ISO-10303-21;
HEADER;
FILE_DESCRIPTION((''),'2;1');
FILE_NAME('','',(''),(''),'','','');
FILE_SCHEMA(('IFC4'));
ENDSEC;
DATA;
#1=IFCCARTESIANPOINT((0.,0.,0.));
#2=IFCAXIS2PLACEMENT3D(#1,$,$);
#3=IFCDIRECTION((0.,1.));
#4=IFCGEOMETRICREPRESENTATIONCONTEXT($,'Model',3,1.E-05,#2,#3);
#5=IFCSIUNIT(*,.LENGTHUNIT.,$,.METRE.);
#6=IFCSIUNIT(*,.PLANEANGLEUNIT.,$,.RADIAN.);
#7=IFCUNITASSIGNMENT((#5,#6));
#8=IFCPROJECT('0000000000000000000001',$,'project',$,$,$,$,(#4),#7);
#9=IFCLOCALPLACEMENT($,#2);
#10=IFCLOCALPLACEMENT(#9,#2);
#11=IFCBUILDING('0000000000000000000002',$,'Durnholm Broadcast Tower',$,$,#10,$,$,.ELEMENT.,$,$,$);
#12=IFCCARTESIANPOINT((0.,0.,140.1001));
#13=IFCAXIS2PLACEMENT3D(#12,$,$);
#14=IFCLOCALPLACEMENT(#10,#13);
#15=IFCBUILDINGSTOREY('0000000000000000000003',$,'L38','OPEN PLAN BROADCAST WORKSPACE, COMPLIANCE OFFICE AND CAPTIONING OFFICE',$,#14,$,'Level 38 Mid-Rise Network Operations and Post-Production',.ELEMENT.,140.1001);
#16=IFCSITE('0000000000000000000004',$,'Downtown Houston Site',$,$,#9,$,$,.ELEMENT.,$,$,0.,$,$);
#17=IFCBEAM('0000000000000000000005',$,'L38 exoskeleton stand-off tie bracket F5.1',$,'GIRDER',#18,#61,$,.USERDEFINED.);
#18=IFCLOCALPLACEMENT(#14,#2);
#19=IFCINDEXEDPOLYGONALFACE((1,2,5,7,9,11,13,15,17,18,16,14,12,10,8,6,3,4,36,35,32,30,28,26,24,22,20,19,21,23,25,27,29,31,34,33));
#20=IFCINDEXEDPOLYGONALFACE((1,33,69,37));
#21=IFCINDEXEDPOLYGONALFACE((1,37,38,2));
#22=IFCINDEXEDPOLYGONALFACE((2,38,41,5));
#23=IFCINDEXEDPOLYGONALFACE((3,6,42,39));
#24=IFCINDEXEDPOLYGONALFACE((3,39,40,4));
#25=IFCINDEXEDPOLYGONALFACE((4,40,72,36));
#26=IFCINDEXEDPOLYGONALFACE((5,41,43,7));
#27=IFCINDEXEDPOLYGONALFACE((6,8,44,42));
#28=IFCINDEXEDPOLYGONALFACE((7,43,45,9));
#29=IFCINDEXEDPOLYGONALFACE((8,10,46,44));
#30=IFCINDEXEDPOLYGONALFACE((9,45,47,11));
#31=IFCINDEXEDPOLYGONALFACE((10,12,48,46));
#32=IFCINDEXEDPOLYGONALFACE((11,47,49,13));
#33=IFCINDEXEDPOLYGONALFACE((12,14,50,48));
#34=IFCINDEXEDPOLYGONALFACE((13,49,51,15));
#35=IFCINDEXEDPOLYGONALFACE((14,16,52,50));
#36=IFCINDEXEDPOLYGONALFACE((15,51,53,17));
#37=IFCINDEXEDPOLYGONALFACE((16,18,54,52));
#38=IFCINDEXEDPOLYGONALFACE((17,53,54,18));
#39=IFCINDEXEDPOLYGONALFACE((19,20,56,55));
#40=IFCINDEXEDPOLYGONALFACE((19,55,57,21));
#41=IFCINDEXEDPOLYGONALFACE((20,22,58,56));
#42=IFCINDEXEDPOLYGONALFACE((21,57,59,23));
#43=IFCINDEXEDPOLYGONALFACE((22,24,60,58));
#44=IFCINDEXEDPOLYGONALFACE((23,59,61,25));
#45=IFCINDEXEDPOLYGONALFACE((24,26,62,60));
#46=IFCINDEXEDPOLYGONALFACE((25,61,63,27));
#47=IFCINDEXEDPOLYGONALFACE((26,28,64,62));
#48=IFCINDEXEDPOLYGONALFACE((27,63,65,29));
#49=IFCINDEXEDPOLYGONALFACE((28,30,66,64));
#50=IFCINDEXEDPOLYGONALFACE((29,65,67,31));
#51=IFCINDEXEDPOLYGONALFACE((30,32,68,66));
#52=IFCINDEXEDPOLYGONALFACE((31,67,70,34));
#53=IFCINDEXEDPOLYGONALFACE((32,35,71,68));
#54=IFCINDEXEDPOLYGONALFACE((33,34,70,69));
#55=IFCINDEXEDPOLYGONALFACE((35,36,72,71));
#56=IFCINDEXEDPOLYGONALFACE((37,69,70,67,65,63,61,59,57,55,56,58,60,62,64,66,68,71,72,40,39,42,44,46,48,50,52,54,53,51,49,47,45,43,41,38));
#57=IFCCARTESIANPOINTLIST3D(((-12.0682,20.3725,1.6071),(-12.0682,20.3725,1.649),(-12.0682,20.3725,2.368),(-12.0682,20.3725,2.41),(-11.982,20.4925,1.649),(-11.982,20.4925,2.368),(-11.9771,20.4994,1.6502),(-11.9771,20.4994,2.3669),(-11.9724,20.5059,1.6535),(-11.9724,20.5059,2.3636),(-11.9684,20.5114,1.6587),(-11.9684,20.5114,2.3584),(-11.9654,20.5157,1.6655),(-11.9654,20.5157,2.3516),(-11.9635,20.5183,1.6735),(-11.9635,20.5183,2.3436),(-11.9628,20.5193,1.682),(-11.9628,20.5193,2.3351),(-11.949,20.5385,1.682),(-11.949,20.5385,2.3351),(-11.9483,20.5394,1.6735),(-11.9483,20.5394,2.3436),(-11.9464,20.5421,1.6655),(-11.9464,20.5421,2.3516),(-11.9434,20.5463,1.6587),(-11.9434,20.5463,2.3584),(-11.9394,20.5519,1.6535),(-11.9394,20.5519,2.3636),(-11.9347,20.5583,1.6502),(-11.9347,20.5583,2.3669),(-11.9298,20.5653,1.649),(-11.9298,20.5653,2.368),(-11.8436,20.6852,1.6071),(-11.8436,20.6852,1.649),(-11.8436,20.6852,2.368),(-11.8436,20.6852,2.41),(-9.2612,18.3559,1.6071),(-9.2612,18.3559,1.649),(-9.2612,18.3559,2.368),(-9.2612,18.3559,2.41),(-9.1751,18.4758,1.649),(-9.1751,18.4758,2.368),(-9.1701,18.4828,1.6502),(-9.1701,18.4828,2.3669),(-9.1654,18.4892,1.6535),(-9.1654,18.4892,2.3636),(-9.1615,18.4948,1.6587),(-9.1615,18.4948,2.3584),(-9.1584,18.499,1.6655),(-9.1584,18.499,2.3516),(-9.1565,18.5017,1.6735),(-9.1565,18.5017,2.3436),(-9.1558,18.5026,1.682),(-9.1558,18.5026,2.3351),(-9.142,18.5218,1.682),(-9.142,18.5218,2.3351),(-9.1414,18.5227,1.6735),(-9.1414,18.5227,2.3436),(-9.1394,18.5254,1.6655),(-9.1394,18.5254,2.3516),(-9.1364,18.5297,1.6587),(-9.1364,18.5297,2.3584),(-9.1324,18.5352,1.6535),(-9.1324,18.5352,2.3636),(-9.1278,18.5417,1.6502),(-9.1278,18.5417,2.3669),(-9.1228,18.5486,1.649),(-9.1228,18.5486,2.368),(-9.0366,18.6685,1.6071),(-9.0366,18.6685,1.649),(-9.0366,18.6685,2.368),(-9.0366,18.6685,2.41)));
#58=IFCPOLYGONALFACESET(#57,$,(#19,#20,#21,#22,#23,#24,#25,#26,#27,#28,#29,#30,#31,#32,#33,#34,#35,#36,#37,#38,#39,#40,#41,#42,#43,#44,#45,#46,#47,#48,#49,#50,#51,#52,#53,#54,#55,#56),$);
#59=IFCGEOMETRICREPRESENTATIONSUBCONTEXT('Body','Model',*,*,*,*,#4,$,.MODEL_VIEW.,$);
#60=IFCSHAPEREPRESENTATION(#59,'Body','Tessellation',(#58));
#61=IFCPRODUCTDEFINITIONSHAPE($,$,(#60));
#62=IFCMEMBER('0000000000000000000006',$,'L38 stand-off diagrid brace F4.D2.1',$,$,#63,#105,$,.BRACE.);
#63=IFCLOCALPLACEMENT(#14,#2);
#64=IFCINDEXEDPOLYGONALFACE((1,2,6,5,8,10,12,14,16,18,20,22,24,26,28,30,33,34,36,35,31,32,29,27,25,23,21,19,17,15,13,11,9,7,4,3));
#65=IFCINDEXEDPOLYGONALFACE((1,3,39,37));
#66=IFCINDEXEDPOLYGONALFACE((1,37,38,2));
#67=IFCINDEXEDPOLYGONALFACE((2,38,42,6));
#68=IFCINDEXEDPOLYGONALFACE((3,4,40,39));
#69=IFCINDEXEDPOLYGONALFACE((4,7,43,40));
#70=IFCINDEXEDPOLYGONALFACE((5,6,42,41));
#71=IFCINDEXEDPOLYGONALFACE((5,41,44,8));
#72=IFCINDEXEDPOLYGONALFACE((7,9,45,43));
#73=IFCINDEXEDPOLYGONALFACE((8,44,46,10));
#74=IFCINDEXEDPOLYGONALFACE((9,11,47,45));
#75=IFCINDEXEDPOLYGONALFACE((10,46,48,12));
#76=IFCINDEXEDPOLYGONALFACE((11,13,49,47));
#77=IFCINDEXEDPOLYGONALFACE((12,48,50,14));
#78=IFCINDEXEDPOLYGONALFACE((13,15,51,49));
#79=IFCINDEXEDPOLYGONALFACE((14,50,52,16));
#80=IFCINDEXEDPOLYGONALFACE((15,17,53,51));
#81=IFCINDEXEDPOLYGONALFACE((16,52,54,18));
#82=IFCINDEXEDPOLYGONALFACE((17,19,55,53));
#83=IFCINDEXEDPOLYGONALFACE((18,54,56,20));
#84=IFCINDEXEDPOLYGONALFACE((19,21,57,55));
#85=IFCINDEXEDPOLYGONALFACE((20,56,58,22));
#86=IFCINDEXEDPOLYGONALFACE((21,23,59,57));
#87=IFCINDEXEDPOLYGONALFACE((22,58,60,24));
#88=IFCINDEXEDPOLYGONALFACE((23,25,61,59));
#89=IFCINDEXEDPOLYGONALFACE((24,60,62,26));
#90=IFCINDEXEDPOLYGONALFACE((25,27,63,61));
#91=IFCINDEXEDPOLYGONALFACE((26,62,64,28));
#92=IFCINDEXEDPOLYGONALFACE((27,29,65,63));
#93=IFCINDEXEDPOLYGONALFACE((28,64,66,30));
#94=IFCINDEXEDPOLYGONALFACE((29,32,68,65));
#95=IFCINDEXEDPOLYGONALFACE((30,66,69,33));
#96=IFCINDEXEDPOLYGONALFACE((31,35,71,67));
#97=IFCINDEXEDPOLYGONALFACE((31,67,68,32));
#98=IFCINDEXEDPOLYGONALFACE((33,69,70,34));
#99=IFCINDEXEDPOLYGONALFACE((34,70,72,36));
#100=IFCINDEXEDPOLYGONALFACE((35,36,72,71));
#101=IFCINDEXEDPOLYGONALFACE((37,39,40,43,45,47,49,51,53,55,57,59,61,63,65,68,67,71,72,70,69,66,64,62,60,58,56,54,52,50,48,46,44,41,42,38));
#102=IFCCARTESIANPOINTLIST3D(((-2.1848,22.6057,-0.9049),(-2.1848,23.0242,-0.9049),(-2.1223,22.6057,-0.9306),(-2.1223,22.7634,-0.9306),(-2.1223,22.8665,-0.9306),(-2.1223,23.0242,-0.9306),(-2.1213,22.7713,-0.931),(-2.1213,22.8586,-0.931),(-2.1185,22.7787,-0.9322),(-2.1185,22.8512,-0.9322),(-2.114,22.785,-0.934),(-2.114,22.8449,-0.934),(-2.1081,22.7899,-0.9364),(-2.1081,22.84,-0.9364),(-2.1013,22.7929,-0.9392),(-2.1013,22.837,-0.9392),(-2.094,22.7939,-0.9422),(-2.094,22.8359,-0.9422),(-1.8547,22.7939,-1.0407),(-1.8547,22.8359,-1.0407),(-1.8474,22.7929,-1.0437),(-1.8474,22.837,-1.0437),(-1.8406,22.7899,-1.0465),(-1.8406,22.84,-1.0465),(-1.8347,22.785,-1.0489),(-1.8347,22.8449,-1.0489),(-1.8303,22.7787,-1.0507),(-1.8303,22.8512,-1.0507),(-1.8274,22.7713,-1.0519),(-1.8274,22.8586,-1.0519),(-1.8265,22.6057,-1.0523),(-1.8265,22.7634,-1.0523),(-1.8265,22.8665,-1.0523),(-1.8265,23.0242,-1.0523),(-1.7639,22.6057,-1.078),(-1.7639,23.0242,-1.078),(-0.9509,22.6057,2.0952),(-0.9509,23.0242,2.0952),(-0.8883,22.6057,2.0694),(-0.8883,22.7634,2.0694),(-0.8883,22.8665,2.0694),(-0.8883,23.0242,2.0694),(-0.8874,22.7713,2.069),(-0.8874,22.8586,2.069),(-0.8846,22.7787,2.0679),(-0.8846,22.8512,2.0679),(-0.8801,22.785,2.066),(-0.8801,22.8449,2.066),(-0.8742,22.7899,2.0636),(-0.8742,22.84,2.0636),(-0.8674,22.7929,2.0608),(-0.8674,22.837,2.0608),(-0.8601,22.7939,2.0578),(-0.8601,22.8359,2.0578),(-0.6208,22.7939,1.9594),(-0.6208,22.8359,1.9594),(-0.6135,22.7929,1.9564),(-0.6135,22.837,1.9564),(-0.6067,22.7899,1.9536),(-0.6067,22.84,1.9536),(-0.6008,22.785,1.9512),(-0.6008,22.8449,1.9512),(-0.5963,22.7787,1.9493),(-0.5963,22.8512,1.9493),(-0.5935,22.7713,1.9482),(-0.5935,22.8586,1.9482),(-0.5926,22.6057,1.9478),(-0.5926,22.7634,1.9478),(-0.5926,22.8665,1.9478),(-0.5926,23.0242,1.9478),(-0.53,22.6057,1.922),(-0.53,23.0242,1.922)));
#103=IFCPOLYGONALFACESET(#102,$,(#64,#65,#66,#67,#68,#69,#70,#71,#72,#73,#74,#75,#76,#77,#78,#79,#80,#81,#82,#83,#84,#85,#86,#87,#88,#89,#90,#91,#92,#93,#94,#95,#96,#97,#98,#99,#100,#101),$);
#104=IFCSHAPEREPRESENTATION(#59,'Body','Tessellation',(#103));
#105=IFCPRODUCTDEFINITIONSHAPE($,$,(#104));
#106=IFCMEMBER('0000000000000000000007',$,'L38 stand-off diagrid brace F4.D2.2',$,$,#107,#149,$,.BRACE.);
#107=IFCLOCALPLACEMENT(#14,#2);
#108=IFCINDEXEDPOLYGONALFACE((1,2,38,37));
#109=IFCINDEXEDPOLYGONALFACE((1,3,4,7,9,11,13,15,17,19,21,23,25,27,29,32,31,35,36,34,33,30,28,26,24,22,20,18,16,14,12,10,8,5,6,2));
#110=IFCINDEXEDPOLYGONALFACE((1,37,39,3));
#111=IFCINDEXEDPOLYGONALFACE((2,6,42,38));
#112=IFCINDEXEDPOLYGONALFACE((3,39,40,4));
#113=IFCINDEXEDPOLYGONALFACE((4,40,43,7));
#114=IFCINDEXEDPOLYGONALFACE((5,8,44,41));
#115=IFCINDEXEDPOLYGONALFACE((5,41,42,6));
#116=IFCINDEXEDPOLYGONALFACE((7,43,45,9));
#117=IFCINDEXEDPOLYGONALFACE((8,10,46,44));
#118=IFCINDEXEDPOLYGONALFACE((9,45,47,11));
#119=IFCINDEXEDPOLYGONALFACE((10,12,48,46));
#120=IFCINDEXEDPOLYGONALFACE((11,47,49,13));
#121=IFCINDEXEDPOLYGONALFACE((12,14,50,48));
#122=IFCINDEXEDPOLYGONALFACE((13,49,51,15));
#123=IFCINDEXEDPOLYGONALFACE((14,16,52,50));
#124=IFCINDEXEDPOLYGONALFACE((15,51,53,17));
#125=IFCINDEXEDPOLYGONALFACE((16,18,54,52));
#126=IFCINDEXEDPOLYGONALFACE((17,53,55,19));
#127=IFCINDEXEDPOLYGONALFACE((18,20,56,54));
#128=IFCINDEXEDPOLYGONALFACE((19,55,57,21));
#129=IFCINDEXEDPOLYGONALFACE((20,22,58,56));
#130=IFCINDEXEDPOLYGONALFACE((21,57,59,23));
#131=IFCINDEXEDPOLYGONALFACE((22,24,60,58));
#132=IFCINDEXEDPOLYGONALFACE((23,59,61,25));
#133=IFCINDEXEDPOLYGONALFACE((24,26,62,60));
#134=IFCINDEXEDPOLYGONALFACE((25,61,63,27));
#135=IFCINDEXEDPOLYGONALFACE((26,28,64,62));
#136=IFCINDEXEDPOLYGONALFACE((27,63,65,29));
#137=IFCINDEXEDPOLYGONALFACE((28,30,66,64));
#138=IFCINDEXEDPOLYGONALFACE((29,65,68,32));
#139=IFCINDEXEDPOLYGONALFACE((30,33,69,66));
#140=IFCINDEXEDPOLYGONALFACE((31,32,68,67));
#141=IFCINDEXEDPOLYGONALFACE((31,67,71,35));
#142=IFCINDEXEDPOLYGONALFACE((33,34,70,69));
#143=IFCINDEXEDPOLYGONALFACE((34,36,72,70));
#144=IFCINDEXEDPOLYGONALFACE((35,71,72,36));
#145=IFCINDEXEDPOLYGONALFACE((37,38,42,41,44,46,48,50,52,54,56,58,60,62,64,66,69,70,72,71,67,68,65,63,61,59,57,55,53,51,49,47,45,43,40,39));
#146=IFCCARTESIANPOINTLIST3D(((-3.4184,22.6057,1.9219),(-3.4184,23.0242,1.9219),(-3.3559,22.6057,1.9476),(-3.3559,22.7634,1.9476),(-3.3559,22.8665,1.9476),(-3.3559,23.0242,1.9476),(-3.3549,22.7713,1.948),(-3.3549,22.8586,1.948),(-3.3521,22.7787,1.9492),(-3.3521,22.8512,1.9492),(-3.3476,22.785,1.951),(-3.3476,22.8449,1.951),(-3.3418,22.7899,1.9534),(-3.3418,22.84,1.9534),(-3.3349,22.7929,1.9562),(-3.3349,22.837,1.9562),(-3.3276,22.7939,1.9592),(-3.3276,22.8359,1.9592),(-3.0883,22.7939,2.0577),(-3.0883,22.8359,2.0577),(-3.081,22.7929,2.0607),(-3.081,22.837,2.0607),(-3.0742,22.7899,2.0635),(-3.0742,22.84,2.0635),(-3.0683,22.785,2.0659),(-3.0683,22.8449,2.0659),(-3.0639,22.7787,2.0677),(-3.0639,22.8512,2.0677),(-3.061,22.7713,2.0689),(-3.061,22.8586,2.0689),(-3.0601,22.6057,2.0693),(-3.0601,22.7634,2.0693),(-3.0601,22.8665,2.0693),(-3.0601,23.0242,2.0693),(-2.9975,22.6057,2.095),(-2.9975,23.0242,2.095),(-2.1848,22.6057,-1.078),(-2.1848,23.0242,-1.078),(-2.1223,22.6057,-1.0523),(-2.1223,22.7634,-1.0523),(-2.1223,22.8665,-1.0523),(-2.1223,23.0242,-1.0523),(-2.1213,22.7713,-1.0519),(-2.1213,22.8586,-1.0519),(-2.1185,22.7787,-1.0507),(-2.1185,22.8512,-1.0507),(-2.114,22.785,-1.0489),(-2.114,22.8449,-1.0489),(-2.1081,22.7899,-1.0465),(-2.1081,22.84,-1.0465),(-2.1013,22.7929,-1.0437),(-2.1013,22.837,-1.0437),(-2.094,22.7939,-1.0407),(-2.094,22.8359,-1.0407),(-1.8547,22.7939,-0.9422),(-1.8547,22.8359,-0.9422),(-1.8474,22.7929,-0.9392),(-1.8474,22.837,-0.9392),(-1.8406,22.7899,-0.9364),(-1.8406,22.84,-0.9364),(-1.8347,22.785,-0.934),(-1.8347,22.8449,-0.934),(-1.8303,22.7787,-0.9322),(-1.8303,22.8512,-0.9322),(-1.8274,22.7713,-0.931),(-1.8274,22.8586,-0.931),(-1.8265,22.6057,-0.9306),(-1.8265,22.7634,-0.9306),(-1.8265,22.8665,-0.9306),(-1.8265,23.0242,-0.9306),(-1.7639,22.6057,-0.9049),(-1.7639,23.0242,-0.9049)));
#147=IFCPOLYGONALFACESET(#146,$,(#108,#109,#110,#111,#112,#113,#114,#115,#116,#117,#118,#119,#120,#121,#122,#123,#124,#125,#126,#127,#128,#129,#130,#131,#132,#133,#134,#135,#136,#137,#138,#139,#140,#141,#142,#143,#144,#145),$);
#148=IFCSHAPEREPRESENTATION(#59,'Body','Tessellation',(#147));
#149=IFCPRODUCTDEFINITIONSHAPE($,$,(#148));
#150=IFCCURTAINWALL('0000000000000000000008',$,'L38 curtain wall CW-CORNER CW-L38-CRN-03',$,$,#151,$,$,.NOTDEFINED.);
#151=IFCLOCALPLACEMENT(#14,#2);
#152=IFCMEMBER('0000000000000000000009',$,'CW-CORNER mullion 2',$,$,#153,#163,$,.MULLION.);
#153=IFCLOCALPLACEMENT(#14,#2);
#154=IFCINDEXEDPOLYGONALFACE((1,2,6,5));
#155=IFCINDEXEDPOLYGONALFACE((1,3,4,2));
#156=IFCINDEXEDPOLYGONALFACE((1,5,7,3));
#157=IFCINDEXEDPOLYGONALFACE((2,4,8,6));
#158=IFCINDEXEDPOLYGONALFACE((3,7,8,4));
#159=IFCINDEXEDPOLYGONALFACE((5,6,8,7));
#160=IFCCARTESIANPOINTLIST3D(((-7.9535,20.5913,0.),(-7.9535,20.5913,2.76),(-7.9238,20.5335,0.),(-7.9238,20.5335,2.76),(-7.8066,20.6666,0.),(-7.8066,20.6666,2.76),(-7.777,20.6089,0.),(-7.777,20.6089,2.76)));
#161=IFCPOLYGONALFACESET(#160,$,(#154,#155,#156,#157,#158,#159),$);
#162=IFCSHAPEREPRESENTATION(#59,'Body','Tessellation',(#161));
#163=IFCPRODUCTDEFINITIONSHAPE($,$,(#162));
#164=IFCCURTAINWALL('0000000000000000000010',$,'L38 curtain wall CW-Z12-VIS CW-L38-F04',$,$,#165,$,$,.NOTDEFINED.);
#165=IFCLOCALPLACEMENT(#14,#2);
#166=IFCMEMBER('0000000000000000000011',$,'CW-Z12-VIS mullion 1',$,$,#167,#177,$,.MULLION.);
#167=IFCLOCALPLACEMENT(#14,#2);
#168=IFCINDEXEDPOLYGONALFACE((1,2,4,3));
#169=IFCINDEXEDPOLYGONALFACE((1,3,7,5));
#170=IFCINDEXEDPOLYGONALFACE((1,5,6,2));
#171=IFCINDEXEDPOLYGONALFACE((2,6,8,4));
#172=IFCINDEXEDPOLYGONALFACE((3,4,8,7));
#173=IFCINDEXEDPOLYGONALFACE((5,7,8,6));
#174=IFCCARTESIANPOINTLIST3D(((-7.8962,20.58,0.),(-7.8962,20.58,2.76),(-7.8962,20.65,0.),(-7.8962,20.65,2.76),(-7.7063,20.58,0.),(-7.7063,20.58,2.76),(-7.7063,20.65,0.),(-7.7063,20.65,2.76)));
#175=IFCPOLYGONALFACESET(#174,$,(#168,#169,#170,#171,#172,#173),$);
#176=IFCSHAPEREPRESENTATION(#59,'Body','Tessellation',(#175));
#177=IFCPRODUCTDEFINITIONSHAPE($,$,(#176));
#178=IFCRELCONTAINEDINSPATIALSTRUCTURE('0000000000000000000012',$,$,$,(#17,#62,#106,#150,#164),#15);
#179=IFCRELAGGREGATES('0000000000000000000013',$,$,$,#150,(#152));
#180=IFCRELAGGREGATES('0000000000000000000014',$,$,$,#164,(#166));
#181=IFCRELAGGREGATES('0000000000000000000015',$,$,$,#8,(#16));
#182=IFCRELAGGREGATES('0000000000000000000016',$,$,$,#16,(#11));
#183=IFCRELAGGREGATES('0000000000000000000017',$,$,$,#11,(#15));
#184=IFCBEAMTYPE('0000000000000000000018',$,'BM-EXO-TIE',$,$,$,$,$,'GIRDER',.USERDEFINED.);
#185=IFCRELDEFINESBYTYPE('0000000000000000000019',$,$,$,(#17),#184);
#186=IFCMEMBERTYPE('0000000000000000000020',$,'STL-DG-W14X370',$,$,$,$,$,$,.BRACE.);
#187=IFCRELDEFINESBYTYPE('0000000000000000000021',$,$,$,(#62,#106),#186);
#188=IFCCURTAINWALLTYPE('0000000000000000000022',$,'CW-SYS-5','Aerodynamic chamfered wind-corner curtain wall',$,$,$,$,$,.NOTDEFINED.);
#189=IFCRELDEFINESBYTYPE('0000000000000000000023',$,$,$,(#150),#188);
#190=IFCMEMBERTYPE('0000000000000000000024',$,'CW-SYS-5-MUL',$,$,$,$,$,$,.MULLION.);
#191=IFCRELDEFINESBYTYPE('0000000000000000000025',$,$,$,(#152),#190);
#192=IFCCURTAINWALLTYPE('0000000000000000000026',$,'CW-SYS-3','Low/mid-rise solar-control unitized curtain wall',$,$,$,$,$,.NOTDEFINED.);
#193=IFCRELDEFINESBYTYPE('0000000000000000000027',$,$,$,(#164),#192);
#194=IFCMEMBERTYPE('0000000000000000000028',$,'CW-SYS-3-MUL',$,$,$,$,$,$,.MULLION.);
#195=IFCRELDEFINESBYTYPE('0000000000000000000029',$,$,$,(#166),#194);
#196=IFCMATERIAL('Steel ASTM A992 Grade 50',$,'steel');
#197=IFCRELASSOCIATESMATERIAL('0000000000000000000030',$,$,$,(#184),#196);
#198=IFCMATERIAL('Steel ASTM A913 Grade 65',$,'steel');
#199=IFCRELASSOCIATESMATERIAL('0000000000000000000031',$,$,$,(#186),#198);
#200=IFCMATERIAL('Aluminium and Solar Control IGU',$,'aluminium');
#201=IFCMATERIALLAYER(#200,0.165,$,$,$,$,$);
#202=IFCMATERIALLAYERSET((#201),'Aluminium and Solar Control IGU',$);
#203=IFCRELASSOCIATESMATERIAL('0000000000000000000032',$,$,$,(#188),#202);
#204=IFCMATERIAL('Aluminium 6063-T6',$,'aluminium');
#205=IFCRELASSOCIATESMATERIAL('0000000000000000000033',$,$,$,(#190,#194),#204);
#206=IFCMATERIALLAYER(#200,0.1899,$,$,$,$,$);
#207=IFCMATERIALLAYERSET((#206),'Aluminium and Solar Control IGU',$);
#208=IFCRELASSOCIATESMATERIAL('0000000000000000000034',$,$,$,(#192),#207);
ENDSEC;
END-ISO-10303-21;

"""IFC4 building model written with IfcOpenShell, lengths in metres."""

from ifc_helpers import new_model, si_unit, direction, frame, origin, origin_2d, place, context, subcontext, project, spatial, rectangle, i_section, extrude, source, transform, mapped, material, layer, layer_set, material_profile, profile_set, type_object, type_shapes, element, aggregate, save


model = new_model("IFC4")

# Units and contexts
model_context = context("Model", 3, precision=1e-05, world=origin(), true_north=direction((0.0, 1.0)))
body_context = subcontext(model_context, "Body", "Model", "MODEL_VIEW")
ifc_project = project(units=[si_unit("LENGTHUNIT", "METRE"), si_unit("PLANEANGLEUNIT", "RADIAN")], contexts=[model_context])

# Site, building, storey
site_placement = place(None, origin())
site = spatial("IfcSite", under=ifc_project, at=site_placement, Name="Downtown Houston Site", CompositionType="ELEMENT", RefElevation=0.0)
building_placement = place(site_placement, origin())
building = spatial("IfcBuilding", under=site, at=building_placement, Name="Durnholm Broadcast Tower", CompositionType="ELEMENT")
storey_placement = place(building_placement, frame((0.0, 0.0, 140.1001)))
storey = spatial("IfcBuildingStorey", under=building, at=storey_placement, Name="L38", Description="OPEN PLAN BROADCAST WORKSPACE, COMPLIANCE OFFICE AND CAPTIONING OFFICE", LongName="Level 38 Mid-Rise Network Operations and Post-Production", CompositionType="ELEMENT", Elevation=140.1001)

# Beam
ifc_material_1 = material(Name="Steel ASTM A992 Grade 50", Category="steel")
ifc_material_profile_1 = material_profile(ifc_material_1, i_section(OverallWidth=0.385, OverallDepth=0.803, WebThickness=0.0237, FlangeThickness=0.042, FilletRadius=0.033, at=origin_2d()), Name="W30X261")
ifc_profile_set_1 = profile_set([ifc_material_profile_1], Name="Steel ASTM A992 Grade 50")
beam_type_1 = type_object("IfcBeamType", Name="BM-EXO-TIE", ElementType="GIRDER", PredefinedType="USERDEFINED", material=ifc_profile_set_1)
shared_shape_1 = source(origin(), body_context, "Body", "SweptSolid", [
    extrude(i_section(OverallWidth=0.385, OverallDepth=0.803, WebThickness=0.0237, FlangeThickness=0.042, FilletRadius=0.033, at=origin_2d()), origin(), (0.0, 0.0, 1.0), 3.4563),
])
beam_1_placement = place(storey_placement, frame((-9.1489, 18.5122, 2.0085), z_axis=(-0.812131, 0.583474, 0.0), x_axis=(-0.583474, -0.812131, 0.0)))
element("IfcBeam", 1, at=beam_1_placement, inside=storey, type_object=beam_type_1, Name="L38 exoskeleton stand-off tie bracket F5.1", ObjectType="GIRDER", PredefinedType="USERDEFINED", context=body_context, shape_type="MappedRepresentation", body=[
    mapped(shared_shape_1, transform((0.0, 0.0, 0.0), x_axis=(1.0, 0.0, 0.0), y_axis=(0.0, 1.0, 0.0), z_axis=(0.0, 0.0, 1.0), scale=1.0)),
])

# Members
ifc_material_2 = material(Name="Steel ASTM A913 Grade 65", Category="steel")
ifc_material_profile_2 = material_profile(ifc_material_2, i_section(OverallWidth=0.4185, OverallDepth=0.4551, WebThickness=0.042, FlangeThickness=0.0676, FilletRadius=0.0305, at=origin_2d()), Name="W14X370")
ifc_profile_set_2 = profile_set([ifc_material_profile_2], Name="Steel ASTM A913 Grade 65")
member_type_1 = type_object("IfcMemberType", Name="STL-DG-W14X370", PredefinedType="BRACE", material=ifc_profile_set_2)
shared_shape_2 = source(origin(), body_context, "Body", "SweptSolid", [
    extrude(i_section(OverallWidth=0.4185, OverallDepth=0.4551, WebThickness=0.042, FlangeThickness=0.0676, FilletRadius=0.0305, at=origin_2d()), origin(), (0.0, 0.0, 1.0), 3.2439),
])
member_1_placement = place(storey_placement, frame((-1.9744, 22.8149, -0.9915), z_axis=(0.380379, 0.0, 0.924831), x_axis=(0.0, 1.0, 0.0)))
element("IfcMember", 2, at=member_1_placement, inside=storey, type_object=member_type_1, Name="L38 stand-off diagrid brace F4.D2.1", PredefinedType="BRACE", context=body_context, shape_type="MappedRepresentation", body=[
    mapped(shared_shape_2, transform((0.0, 0.0, 0.0), x_axis=(1.0, 0.0, 0.0), y_axis=(0.0, 1.0, 0.0), z_axis=(0.0, 0.0, 1.0), scale=1.0)),
])
shared_shape_3 = source(origin(), body_context, "Body", "SweptSolid", [
    extrude(i_section(OverallWidth=0.4185, OverallDepth=0.4551, WebThickness=0.042, FlangeThickness=0.0676, FilletRadius=0.0305, at=origin_2d()), origin(), (0.0, 0.0, 1.0), 3.2437),
])
type_shapes(member_type_1, [shared_shape_2, shared_shape_3])
member_2_placement = place(storey_placement, frame((-1.9744, 22.8149, -0.9915), z_axis=(-0.380314, 0.0, 0.924857), x_axis=(0.0, -1.0, 0.0)))
element("IfcMember", 3, at=member_2_placement, inside=storey, type_object=member_type_1, Name="L38 stand-off diagrid brace F4.D2.2", PredefinedType="BRACE", context=body_context, shape_type="MappedRepresentation", body=[
    mapped(shared_shape_3, transform((0.0, 0.0, 0.0), x_axis=(1.0, 0.0, 0.0), y_axis=(0.0, 1.0, 0.0), z_axis=(0.0, 0.0, 1.0), scale=1.0)),
])

# Curtain walls, members
ifc_material_3 = material(Name="Aluminium and Solar Control IGU", Category="aluminium")
ifc_layer_1 = layer(ifc_material_3, 0.165)
ifc_layer_set_1 = layer_set([ifc_layer_1], Name="Aluminium and Solar Control IGU")
curtain_wall_type_1 = type_object("IfcCurtainWallType", Name="CW-SYS-5", Description="Aerodynamic chamfered wind-corner curtain wall", PredefinedType="NOTDEFINED", material=ifc_layer_set_1)
curtain_wall_1_placement = place(storey_placement, origin())
curtain_wall_1 = element("IfcCurtainWall", 4, at=curtain_wall_1_placement, inside=storey, type_object=curtain_wall_type_1, Name="L38 curtain wall CW-CORNER CW-L38-CRN-03", PredefinedType="NOTDEFINED")
ifc_material_4 = material(Name="Aluminium 6063-T6", Category="aluminium")
ifc_material_profile_3 = material_profile(ifc_material_4, rectangle(XDim=0.0649, YDim=0.165, at=origin_2d()), Name="CWM65X165")
ifc_profile_set_3 = profile_set([ifc_material_profile_3], Name="Aluminium 6063-T6")
member_type_2 = type_object("IfcMemberType", Name="CW-SYS-5-MUL", PredefinedType="MULLION", material=ifc_profile_set_3)
shared_shape_4 = source(origin(), body_context, "Body", "SweptSolid", [
    extrude(rectangle(XDim=0.0649, YDim=0.165, at=origin_2d()), origin(), (0.0, 0.0, 1.0), 2.76),
])
type_shapes(member_type_2, [shared_shape_4])
member_3_placement = place(storey_placement, frame((-7.8652, 20.6001, 0.0), z_axis=(0.0, 0.0, 1.0), x_axis=(-0.456373, 0.889788, 0.0)))
member_3 = element("IfcMember", 5, at=member_3_placement, type_object=member_type_2, Name="CW-CORNER mullion 2", PredefinedType="MULLION", context=body_context, shape_type="MappedRepresentation", body=[
    mapped(shared_shape_4, transform((0.0, 0.0, 0.0), x_axis=(1.0, 0.0, 0.0), y_axis=(0.0, 1.0, 0.0), z_axis=(0.0, 0.0, 1.0), scale=1.0)),
])
ifc_layer_2 = layer(ifc_material_3, 0.1899)
ifc_layer_set_2 = layer_set([ifc_layer_2], Name="Aluminium and Solar Control IGU")
curtain_wall_type_2 = type_object("IfcCurtainWallType", Name="CW-SYS-3", Description="Low/mid-rise solar-control unitized curtain wall", PredefinedType="NOTDEFINED", material=ifc_layer_set_2)
curtain_wall_2_placement = place(storey_placement, origin())
curtain_wall_2 = element("IfcCurtainWall", 6, at=curtain_wall_2_placement, inside=storey, type_object=curtain_wall_type_2, Name="L38 curtain wall CW-Z12-VIS CW-L38-F04", PredefinedType="NOTDEFINED")
ifc_material_profile_4 = material_profile(ifc_material_4, rectangle(XDim=0.0701, YDim=0.1899, at=origin_2d()), Name="CWM70X190")
ifc_profile_set_4 = profile_set([ifc_material_profile_4], Name="Aluminium 6063-T6")
member_type_3 = type_object("IfcMemberType", Name="CW-SYS-3-MUL", PredefinedType="MULLION", material=ifc_profile_set_4)
shared_shape_5 = source(origin(), body_context, "Body", "SweptSolid", [
    extrude(rectangle(XDim=0.0701, YDim=0.1899, at=origin_2d()), origin(), (0.0, 0.0, 1.0), 2.76),
])
type_shapes(member_type_3, [shared_shape_5])
member_4_placement = place(storey_placement, frame((-7.8013, 20.615, 0.0), z_axis=(0.0, 0.0, 1.0), x_axis=(0.0, 1.0, 0.0)))
member_4 = element("IfcMember", 7, at=member_4_placement, type_object=member_type_3, Name="CW-Z12-VIS mullion 1", PredefinedType="MULLION", context=body_context, shape_type="MappedRepresentation", body=[
    mapped(shared_shape_5, transform((0.0, 0.0, 0.0), x_axis=(1.0, 0.0, 0.0), y_axis=(0.0, 1.0, 0.0), z_axis=(0.0, 0.0, 1.0), scale=1.0)),
])

aggregate(curtain_wall_1, [member_3])
aggregate(curtain_wall_2, [member_4])

save(model, "model.ifc")
